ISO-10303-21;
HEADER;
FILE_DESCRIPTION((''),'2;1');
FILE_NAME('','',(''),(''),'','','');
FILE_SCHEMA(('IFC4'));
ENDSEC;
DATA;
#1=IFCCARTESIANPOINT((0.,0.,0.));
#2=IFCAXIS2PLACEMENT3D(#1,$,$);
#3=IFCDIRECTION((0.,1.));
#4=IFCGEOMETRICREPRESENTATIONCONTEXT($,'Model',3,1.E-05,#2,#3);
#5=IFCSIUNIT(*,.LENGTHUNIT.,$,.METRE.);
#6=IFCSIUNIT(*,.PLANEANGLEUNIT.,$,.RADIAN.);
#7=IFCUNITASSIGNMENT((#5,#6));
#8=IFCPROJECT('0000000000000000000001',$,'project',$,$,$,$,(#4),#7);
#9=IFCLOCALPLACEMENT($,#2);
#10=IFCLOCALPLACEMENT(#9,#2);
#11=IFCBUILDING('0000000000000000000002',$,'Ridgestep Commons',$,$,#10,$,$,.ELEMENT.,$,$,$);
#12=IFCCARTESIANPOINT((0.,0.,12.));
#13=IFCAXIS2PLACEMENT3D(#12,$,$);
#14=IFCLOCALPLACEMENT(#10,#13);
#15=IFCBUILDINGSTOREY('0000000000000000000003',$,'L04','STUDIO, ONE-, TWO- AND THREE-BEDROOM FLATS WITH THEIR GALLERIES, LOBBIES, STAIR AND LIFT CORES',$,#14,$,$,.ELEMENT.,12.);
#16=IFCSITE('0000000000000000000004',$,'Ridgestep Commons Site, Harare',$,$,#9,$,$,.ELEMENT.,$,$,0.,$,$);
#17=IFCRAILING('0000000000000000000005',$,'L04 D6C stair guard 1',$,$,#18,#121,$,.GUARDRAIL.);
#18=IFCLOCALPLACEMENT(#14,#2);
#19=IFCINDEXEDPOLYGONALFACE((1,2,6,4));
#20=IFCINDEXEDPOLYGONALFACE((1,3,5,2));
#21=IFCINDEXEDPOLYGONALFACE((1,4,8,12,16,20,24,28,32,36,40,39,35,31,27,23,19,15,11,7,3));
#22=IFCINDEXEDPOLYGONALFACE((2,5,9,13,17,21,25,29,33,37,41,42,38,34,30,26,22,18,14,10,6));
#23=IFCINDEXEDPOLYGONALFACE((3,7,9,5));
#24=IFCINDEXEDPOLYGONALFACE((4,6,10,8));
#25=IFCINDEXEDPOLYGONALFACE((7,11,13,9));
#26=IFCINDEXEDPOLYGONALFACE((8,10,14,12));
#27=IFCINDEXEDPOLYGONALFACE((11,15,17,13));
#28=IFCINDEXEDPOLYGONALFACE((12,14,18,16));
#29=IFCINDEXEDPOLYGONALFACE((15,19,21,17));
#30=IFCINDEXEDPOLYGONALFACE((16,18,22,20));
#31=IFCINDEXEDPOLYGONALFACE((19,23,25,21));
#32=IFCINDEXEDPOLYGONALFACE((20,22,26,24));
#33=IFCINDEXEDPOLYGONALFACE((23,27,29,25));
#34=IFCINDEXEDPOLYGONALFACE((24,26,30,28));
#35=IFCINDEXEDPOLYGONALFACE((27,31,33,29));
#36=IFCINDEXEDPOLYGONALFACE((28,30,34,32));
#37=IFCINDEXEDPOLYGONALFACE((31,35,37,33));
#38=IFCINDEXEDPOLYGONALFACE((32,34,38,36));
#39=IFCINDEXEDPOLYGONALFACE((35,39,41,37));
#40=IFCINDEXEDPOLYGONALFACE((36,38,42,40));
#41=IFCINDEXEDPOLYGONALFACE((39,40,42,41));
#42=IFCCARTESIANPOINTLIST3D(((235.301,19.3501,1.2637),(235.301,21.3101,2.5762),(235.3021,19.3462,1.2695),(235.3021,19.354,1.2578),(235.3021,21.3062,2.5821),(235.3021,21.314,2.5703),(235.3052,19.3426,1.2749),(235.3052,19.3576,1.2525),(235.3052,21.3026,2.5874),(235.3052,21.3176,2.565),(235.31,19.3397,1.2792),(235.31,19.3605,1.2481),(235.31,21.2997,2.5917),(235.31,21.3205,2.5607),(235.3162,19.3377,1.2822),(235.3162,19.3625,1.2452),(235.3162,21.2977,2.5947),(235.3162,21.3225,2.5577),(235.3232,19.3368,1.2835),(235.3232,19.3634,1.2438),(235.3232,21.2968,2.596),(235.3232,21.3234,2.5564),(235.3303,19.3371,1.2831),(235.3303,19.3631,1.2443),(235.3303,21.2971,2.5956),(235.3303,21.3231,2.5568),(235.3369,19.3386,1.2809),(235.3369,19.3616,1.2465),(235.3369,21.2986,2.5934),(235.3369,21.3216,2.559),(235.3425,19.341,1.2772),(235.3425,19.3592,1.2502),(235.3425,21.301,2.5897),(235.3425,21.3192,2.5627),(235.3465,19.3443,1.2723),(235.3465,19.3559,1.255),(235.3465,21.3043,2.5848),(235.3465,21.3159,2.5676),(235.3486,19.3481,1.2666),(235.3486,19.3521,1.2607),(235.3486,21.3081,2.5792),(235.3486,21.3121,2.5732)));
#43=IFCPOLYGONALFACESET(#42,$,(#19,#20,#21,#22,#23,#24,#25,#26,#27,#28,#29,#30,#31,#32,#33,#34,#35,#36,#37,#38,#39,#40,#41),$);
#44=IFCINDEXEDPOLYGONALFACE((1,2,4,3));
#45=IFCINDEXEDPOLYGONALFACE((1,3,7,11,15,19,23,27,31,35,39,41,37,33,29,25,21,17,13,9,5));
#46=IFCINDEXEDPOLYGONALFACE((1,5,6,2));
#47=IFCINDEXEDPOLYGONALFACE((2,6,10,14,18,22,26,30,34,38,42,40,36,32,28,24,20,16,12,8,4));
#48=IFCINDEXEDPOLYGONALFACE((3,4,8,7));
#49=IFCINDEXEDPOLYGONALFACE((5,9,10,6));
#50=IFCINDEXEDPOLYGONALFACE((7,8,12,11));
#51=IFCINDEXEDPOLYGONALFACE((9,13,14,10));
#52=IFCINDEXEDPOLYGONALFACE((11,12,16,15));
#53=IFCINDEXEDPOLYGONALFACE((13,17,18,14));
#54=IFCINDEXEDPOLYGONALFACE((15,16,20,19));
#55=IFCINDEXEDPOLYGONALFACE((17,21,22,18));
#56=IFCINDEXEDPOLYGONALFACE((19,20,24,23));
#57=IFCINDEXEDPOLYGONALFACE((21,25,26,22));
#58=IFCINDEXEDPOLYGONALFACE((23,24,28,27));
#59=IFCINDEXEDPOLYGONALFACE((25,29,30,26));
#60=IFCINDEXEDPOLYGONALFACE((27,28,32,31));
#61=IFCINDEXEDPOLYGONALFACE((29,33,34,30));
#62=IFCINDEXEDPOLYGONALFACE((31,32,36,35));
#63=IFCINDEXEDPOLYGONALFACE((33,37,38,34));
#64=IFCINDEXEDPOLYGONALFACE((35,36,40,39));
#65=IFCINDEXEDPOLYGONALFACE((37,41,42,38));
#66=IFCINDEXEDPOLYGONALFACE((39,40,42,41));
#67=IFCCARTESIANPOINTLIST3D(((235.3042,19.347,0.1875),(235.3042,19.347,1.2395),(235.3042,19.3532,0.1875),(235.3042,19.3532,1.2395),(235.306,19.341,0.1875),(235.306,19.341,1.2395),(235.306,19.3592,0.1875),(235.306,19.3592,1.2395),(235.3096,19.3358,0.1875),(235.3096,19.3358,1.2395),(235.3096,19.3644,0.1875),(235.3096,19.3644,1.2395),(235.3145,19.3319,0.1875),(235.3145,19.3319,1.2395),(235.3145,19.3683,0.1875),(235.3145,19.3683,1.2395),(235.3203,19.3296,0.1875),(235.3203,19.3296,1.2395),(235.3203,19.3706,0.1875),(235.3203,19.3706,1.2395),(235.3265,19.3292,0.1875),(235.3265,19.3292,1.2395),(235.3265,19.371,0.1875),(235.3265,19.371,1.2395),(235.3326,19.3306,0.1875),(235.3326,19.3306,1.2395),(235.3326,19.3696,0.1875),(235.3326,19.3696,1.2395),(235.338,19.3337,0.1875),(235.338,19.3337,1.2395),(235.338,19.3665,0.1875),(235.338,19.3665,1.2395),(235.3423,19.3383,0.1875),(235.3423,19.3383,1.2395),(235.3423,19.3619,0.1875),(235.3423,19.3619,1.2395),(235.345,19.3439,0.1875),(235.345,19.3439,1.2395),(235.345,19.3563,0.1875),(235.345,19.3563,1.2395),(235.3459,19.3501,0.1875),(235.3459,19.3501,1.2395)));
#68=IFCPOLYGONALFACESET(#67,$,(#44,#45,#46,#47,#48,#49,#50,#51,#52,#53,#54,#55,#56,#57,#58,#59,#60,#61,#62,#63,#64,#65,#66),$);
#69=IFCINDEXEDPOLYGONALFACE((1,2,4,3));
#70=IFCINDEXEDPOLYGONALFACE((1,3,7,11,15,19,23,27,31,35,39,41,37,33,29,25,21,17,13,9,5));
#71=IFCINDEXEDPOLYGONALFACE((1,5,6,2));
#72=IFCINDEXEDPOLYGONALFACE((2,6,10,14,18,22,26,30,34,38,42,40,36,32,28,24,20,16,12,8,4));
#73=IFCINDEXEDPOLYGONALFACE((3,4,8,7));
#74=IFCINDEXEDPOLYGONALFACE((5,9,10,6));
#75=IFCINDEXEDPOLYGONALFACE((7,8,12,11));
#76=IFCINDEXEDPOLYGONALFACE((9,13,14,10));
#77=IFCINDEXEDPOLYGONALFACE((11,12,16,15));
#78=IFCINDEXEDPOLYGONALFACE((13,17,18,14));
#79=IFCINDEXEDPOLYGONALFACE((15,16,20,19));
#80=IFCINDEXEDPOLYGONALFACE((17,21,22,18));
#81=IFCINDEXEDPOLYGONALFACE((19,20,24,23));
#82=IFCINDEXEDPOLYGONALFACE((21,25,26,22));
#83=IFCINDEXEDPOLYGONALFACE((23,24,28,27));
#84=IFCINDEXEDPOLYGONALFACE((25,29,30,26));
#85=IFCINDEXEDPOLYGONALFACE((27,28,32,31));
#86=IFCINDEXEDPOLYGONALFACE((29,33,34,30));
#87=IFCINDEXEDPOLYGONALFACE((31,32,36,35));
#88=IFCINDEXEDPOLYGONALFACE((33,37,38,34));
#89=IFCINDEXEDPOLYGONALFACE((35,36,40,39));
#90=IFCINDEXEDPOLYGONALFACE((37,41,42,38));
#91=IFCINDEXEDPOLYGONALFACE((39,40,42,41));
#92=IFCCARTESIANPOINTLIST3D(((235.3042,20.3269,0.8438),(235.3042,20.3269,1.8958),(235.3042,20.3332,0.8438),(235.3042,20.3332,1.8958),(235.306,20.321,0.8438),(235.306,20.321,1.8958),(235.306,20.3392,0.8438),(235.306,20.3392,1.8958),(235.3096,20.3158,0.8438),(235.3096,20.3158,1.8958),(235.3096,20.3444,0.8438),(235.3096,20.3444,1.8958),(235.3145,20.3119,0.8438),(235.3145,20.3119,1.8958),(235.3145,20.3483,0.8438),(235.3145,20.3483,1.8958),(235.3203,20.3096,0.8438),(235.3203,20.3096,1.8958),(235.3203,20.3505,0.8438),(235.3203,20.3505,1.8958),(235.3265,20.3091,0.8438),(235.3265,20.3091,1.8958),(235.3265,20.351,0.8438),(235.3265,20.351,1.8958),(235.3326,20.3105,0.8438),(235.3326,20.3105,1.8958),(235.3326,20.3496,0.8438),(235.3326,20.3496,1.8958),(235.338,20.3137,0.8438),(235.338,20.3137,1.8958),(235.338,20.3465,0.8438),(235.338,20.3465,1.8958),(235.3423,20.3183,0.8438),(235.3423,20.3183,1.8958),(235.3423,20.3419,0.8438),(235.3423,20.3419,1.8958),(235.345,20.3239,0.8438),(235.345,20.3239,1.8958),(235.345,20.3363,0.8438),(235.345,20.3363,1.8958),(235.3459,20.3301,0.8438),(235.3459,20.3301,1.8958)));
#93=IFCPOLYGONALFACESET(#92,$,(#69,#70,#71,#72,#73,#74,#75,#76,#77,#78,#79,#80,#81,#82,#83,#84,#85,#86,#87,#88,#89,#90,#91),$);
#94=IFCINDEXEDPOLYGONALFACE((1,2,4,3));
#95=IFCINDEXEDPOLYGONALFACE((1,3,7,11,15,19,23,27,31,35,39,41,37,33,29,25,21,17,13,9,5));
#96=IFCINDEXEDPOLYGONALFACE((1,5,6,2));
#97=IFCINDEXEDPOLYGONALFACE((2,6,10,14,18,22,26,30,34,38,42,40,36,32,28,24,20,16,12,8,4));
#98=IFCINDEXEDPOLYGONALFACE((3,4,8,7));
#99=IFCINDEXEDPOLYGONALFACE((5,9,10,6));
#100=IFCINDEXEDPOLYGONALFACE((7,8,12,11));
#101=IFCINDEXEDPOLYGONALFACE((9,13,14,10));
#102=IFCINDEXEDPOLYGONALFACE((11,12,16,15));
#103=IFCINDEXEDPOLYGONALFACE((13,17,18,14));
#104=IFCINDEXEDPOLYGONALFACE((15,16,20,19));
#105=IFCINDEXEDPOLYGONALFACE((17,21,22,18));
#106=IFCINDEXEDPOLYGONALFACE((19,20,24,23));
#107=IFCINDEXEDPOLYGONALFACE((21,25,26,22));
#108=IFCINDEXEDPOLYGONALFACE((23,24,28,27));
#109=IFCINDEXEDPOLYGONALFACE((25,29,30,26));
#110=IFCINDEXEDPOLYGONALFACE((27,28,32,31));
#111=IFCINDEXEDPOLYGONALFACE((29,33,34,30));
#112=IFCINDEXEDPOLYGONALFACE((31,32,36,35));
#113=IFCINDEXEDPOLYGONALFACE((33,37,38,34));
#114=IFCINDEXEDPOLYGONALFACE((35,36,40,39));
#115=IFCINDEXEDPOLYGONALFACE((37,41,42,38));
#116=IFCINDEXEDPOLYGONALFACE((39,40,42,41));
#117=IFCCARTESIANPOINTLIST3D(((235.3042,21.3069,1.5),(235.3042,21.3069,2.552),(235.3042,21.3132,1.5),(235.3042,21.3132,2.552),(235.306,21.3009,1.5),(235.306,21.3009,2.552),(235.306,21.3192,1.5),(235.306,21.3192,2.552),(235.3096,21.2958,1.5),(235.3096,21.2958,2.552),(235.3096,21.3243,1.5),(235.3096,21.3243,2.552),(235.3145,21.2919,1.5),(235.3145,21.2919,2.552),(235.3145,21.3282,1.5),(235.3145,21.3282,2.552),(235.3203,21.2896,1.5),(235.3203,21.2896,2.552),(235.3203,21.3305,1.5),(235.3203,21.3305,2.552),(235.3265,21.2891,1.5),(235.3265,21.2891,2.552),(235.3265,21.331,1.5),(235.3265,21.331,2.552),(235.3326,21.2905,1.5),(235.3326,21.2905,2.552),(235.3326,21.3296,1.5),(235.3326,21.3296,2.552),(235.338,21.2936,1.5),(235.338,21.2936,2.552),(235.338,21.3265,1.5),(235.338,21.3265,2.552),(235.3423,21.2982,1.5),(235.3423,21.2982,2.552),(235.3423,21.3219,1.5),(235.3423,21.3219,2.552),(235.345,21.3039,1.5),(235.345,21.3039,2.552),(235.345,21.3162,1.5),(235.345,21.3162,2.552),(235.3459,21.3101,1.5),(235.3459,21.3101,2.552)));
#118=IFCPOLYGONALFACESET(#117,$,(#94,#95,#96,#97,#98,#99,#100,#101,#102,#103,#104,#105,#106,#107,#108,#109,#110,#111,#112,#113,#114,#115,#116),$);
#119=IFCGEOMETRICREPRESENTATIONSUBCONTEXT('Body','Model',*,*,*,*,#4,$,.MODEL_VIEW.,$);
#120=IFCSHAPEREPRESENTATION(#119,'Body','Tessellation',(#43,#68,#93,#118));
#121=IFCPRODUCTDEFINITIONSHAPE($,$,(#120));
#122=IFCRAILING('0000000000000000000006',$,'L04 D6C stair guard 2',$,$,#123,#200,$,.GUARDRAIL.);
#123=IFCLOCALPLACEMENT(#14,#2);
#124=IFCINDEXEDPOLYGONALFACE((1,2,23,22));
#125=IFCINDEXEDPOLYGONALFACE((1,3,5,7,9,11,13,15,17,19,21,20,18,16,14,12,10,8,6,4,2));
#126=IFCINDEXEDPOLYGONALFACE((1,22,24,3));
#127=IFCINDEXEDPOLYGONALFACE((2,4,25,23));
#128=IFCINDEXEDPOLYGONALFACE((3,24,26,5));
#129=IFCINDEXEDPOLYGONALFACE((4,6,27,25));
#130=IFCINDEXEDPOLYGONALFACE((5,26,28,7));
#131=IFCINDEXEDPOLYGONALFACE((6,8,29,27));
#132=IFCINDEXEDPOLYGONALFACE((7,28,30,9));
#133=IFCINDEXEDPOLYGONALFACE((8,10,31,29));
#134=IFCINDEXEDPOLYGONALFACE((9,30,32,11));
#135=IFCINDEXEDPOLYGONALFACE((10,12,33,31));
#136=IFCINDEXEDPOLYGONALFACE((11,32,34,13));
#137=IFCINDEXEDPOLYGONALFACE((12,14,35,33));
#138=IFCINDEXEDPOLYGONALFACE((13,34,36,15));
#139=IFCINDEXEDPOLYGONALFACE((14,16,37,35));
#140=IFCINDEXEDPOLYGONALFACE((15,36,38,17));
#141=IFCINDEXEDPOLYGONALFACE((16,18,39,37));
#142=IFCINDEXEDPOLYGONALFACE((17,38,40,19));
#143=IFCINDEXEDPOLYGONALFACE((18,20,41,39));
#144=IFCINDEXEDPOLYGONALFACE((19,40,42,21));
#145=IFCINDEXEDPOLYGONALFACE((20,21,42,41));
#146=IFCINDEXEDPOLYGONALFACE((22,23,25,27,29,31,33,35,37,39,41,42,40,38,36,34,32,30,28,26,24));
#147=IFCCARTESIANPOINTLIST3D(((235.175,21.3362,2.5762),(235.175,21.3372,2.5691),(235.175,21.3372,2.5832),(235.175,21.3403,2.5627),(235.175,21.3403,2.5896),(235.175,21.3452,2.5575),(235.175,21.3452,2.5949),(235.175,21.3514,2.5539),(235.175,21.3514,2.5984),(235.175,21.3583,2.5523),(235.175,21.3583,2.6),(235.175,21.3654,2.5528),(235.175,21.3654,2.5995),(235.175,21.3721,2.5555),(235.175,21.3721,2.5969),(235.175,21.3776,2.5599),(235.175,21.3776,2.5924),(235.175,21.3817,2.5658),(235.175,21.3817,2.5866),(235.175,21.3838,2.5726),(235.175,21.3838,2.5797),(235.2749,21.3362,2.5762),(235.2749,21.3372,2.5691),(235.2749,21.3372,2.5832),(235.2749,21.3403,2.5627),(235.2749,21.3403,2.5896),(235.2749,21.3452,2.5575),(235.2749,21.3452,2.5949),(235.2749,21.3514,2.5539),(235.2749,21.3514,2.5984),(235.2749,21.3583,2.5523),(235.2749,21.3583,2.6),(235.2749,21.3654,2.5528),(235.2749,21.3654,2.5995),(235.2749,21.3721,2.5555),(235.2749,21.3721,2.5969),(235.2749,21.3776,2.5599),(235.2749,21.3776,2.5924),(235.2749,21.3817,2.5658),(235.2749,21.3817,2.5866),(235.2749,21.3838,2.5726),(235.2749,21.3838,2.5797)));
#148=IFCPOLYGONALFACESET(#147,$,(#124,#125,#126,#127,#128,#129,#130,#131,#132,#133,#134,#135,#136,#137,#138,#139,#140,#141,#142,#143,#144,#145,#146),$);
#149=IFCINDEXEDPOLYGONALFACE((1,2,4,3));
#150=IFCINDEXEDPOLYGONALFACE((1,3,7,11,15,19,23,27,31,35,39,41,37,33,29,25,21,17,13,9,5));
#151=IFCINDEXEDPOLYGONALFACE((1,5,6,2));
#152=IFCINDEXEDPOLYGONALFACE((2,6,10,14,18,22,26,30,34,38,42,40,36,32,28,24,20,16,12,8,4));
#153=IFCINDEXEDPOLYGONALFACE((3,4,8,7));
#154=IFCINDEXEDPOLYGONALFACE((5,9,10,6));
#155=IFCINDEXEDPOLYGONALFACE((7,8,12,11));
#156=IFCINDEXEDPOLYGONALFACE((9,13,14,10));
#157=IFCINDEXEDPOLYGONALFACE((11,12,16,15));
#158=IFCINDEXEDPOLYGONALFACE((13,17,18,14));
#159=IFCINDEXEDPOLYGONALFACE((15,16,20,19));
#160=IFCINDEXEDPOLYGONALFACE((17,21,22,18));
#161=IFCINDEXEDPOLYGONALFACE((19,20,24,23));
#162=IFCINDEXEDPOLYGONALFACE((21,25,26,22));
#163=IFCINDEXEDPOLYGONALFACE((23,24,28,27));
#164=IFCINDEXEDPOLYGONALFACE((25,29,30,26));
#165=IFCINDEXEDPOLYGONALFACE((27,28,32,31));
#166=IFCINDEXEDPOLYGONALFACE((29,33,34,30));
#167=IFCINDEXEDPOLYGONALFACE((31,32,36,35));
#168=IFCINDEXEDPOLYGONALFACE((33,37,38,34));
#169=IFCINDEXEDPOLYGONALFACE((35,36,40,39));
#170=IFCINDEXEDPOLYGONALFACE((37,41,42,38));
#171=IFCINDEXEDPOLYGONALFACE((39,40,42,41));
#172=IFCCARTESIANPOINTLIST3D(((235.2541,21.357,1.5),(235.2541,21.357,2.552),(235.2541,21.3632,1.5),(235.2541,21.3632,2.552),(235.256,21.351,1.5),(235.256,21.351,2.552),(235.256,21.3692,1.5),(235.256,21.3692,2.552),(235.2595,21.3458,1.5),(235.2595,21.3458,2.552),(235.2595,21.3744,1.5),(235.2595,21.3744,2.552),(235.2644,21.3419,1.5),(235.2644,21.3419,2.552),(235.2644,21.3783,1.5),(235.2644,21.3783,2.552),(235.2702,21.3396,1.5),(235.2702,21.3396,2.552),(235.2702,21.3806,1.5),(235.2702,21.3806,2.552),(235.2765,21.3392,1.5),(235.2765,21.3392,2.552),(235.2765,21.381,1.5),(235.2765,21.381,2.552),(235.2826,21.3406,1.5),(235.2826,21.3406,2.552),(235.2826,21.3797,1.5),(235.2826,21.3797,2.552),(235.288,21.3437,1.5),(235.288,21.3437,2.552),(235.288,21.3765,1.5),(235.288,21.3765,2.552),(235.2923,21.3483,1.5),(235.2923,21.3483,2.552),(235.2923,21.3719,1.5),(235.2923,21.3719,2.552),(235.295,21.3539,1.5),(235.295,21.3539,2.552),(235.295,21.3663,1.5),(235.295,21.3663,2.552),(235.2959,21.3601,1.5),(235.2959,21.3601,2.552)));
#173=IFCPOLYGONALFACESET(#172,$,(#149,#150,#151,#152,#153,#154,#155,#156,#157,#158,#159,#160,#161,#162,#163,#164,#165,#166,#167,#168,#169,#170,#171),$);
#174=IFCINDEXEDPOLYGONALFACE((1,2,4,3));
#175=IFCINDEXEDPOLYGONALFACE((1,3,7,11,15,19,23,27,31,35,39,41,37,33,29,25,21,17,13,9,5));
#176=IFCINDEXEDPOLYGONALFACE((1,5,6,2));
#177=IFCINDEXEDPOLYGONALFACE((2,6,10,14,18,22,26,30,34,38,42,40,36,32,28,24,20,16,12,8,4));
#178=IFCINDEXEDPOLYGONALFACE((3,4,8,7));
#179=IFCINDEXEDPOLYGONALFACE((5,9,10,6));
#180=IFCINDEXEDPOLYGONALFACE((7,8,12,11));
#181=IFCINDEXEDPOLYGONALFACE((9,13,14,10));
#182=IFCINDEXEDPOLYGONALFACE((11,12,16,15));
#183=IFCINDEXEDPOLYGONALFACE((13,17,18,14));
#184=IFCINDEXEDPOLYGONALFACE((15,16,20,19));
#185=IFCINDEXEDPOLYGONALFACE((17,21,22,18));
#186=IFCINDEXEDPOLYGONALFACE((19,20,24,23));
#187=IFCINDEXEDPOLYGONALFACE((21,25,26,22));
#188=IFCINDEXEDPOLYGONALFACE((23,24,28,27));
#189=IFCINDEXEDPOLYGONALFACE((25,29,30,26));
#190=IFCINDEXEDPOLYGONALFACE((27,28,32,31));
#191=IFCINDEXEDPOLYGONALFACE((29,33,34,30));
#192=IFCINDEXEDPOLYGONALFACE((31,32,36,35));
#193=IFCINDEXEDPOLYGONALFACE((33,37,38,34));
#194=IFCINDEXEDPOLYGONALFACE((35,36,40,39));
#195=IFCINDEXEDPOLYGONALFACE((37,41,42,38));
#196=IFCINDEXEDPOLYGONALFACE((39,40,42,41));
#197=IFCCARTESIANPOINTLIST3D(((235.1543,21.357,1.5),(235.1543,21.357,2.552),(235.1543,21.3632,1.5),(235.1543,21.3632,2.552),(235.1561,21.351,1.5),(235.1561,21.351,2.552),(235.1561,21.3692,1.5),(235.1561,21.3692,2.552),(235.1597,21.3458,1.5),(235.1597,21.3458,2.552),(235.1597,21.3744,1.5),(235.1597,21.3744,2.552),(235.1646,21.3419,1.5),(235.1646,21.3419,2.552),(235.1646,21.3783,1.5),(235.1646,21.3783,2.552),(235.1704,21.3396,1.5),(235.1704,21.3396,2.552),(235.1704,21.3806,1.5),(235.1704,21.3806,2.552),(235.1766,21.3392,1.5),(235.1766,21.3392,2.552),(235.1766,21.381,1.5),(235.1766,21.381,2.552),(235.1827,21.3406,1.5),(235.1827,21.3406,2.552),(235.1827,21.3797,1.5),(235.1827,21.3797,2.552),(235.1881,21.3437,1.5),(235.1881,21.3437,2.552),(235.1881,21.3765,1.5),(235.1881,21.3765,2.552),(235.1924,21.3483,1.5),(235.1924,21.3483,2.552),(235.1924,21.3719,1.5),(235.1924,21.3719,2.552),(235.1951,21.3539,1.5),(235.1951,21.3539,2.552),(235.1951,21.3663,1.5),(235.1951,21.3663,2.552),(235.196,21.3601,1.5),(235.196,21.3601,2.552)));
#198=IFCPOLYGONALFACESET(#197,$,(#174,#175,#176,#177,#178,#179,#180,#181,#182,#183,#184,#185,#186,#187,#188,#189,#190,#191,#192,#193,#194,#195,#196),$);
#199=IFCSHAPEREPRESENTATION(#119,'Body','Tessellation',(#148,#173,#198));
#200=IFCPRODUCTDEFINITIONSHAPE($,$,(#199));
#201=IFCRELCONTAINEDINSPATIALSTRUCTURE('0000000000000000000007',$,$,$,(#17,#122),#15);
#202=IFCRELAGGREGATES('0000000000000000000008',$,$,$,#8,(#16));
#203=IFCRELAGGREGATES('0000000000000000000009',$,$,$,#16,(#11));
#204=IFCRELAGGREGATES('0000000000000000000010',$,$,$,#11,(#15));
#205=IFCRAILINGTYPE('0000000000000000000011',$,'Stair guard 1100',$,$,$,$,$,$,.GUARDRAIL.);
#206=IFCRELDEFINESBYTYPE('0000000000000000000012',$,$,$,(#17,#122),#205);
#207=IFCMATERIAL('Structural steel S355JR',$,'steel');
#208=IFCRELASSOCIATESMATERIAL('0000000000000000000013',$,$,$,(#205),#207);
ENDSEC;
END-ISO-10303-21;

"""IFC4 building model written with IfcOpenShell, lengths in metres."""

from ifc_helpers import new_model, si_unit, direction, frame, origin, origin_2d, place, context, subcontext, project, spatial, circle, extrude, material, type_object, element, save


model = new_model("IFC4")

# Units and contexts
model_context = context("Model", 3, precision=1e-05, world=origin(), true_north=direction((0.0, 1.0)))
body_context = subcontext(model_context, "Body", "Model", "MODEL_VIEW")
ifc_project = project(units=[si_unit("LENGTHUNIT", "METRE"), si_unit("PLANEANGLEUNIT", "RADIAN")], contexts=[model_context])

# Site, building, storey
site_placement = place(None, origin())
site = spatial("IfcSite", under=ifc_project, at=site_placement, Name="Ridgestep Commons Site, Harare", CompositionType="ELEMENT", RefElevation=0.0)
building_placement = place(site_placement, origin())
building = spatial("IfcBuilding", under=site, at=building_placement, Name="Ridgestep Commons", CompositionType="ELEMENT")
storey_placement = place(building_placement, frame((0.0, 0.0, 12.0)))
storey = spatial("IfcBuildingStorey", under=building, at=storey_placement, Name="L04", Description="STUDIO, ONE-, TWO- AND THREE-BEDROOM FLATS WITH THEIR GALLERIES, LOBBIES, STAIR AND LIFT CORES", CompositionType="ELEMENT", Elevation=12.0)

# Railings
ifc_material_1 = material(Name="Structural steel S355JR", Category="steel")
railing_type_1 = type_object("IfcRailingType", Name="Stair guard 1100", PredefinedType="GUARDRAIL", material=ifc_material_1)
railing_1_placement = place(storey_placement, frame((235.325, 19.3501, 0.1875)))
element("IfcRailing", 1, at=railing_1_placement, inside=storey, type_object=railing_type_1, Name="L04 D6C stair guard 1", PredefinedType="GUARDRAIL", context=body_context, shape_type="SweptSolid", body=[
    extrude(circle(Radius=0.0239, at=origin_2d()), frame((0.0, 0.0, 1.0762), z_axis=(0.0, 0.830902, 0.556419), x_axis=(-1.0, 0.0, 0.0)), (0.0, 0.0, 1.0), 2.3589),
    extrude(circle(Radius=0.021, at=origin_2d()), origin(), (0.0, 0.0, 1.0), 1.052),
    extrude(circle(Radius=0.021, at=origin_2d()), frame((0.0, 0.98, 0.6562)), (0.0, 0.0, 1.0), 1.052),
    extrude(circle(Radius=0.021, at=origin_2d()), frame((0.0, 1.96, 1.3125)), (0.0, 0.0, 1.0), 1.052),
])
railing_2_placement = place(storey_placement, frame((235.2749, 21.3601, 1.5)))
element("IfcRailing", 2, at=railing_2_placement, inside=storey, type_object=railing_type_1, Name="L04 D6C stair guard 2", PredefinedType="GUARDRAIL", context=body_context, shape_type="SweptSolid", body=[
    extrude(circle(Radius=0.0239, at=origin_2d()), frame((0.0, 0.0, 1.0762), z_axis=(-1.0, 0.0, 0.0), x_axis=(0.0, -1.0, 0.0)), (0.0, 0.0, 1.0), 0.0999),
    extrude(circle(Radius=0.021, at=origin_2d()), origin(), (0.0, 0.0, 1.0), 1.052),
    extrude(circle(Radius=0.021, at=origin_2d()), frame((-0.0999, 0.0, 0.0)), (0.0, 0.0, 1.0), 1.052),
])

save(model, "model.ifc")
